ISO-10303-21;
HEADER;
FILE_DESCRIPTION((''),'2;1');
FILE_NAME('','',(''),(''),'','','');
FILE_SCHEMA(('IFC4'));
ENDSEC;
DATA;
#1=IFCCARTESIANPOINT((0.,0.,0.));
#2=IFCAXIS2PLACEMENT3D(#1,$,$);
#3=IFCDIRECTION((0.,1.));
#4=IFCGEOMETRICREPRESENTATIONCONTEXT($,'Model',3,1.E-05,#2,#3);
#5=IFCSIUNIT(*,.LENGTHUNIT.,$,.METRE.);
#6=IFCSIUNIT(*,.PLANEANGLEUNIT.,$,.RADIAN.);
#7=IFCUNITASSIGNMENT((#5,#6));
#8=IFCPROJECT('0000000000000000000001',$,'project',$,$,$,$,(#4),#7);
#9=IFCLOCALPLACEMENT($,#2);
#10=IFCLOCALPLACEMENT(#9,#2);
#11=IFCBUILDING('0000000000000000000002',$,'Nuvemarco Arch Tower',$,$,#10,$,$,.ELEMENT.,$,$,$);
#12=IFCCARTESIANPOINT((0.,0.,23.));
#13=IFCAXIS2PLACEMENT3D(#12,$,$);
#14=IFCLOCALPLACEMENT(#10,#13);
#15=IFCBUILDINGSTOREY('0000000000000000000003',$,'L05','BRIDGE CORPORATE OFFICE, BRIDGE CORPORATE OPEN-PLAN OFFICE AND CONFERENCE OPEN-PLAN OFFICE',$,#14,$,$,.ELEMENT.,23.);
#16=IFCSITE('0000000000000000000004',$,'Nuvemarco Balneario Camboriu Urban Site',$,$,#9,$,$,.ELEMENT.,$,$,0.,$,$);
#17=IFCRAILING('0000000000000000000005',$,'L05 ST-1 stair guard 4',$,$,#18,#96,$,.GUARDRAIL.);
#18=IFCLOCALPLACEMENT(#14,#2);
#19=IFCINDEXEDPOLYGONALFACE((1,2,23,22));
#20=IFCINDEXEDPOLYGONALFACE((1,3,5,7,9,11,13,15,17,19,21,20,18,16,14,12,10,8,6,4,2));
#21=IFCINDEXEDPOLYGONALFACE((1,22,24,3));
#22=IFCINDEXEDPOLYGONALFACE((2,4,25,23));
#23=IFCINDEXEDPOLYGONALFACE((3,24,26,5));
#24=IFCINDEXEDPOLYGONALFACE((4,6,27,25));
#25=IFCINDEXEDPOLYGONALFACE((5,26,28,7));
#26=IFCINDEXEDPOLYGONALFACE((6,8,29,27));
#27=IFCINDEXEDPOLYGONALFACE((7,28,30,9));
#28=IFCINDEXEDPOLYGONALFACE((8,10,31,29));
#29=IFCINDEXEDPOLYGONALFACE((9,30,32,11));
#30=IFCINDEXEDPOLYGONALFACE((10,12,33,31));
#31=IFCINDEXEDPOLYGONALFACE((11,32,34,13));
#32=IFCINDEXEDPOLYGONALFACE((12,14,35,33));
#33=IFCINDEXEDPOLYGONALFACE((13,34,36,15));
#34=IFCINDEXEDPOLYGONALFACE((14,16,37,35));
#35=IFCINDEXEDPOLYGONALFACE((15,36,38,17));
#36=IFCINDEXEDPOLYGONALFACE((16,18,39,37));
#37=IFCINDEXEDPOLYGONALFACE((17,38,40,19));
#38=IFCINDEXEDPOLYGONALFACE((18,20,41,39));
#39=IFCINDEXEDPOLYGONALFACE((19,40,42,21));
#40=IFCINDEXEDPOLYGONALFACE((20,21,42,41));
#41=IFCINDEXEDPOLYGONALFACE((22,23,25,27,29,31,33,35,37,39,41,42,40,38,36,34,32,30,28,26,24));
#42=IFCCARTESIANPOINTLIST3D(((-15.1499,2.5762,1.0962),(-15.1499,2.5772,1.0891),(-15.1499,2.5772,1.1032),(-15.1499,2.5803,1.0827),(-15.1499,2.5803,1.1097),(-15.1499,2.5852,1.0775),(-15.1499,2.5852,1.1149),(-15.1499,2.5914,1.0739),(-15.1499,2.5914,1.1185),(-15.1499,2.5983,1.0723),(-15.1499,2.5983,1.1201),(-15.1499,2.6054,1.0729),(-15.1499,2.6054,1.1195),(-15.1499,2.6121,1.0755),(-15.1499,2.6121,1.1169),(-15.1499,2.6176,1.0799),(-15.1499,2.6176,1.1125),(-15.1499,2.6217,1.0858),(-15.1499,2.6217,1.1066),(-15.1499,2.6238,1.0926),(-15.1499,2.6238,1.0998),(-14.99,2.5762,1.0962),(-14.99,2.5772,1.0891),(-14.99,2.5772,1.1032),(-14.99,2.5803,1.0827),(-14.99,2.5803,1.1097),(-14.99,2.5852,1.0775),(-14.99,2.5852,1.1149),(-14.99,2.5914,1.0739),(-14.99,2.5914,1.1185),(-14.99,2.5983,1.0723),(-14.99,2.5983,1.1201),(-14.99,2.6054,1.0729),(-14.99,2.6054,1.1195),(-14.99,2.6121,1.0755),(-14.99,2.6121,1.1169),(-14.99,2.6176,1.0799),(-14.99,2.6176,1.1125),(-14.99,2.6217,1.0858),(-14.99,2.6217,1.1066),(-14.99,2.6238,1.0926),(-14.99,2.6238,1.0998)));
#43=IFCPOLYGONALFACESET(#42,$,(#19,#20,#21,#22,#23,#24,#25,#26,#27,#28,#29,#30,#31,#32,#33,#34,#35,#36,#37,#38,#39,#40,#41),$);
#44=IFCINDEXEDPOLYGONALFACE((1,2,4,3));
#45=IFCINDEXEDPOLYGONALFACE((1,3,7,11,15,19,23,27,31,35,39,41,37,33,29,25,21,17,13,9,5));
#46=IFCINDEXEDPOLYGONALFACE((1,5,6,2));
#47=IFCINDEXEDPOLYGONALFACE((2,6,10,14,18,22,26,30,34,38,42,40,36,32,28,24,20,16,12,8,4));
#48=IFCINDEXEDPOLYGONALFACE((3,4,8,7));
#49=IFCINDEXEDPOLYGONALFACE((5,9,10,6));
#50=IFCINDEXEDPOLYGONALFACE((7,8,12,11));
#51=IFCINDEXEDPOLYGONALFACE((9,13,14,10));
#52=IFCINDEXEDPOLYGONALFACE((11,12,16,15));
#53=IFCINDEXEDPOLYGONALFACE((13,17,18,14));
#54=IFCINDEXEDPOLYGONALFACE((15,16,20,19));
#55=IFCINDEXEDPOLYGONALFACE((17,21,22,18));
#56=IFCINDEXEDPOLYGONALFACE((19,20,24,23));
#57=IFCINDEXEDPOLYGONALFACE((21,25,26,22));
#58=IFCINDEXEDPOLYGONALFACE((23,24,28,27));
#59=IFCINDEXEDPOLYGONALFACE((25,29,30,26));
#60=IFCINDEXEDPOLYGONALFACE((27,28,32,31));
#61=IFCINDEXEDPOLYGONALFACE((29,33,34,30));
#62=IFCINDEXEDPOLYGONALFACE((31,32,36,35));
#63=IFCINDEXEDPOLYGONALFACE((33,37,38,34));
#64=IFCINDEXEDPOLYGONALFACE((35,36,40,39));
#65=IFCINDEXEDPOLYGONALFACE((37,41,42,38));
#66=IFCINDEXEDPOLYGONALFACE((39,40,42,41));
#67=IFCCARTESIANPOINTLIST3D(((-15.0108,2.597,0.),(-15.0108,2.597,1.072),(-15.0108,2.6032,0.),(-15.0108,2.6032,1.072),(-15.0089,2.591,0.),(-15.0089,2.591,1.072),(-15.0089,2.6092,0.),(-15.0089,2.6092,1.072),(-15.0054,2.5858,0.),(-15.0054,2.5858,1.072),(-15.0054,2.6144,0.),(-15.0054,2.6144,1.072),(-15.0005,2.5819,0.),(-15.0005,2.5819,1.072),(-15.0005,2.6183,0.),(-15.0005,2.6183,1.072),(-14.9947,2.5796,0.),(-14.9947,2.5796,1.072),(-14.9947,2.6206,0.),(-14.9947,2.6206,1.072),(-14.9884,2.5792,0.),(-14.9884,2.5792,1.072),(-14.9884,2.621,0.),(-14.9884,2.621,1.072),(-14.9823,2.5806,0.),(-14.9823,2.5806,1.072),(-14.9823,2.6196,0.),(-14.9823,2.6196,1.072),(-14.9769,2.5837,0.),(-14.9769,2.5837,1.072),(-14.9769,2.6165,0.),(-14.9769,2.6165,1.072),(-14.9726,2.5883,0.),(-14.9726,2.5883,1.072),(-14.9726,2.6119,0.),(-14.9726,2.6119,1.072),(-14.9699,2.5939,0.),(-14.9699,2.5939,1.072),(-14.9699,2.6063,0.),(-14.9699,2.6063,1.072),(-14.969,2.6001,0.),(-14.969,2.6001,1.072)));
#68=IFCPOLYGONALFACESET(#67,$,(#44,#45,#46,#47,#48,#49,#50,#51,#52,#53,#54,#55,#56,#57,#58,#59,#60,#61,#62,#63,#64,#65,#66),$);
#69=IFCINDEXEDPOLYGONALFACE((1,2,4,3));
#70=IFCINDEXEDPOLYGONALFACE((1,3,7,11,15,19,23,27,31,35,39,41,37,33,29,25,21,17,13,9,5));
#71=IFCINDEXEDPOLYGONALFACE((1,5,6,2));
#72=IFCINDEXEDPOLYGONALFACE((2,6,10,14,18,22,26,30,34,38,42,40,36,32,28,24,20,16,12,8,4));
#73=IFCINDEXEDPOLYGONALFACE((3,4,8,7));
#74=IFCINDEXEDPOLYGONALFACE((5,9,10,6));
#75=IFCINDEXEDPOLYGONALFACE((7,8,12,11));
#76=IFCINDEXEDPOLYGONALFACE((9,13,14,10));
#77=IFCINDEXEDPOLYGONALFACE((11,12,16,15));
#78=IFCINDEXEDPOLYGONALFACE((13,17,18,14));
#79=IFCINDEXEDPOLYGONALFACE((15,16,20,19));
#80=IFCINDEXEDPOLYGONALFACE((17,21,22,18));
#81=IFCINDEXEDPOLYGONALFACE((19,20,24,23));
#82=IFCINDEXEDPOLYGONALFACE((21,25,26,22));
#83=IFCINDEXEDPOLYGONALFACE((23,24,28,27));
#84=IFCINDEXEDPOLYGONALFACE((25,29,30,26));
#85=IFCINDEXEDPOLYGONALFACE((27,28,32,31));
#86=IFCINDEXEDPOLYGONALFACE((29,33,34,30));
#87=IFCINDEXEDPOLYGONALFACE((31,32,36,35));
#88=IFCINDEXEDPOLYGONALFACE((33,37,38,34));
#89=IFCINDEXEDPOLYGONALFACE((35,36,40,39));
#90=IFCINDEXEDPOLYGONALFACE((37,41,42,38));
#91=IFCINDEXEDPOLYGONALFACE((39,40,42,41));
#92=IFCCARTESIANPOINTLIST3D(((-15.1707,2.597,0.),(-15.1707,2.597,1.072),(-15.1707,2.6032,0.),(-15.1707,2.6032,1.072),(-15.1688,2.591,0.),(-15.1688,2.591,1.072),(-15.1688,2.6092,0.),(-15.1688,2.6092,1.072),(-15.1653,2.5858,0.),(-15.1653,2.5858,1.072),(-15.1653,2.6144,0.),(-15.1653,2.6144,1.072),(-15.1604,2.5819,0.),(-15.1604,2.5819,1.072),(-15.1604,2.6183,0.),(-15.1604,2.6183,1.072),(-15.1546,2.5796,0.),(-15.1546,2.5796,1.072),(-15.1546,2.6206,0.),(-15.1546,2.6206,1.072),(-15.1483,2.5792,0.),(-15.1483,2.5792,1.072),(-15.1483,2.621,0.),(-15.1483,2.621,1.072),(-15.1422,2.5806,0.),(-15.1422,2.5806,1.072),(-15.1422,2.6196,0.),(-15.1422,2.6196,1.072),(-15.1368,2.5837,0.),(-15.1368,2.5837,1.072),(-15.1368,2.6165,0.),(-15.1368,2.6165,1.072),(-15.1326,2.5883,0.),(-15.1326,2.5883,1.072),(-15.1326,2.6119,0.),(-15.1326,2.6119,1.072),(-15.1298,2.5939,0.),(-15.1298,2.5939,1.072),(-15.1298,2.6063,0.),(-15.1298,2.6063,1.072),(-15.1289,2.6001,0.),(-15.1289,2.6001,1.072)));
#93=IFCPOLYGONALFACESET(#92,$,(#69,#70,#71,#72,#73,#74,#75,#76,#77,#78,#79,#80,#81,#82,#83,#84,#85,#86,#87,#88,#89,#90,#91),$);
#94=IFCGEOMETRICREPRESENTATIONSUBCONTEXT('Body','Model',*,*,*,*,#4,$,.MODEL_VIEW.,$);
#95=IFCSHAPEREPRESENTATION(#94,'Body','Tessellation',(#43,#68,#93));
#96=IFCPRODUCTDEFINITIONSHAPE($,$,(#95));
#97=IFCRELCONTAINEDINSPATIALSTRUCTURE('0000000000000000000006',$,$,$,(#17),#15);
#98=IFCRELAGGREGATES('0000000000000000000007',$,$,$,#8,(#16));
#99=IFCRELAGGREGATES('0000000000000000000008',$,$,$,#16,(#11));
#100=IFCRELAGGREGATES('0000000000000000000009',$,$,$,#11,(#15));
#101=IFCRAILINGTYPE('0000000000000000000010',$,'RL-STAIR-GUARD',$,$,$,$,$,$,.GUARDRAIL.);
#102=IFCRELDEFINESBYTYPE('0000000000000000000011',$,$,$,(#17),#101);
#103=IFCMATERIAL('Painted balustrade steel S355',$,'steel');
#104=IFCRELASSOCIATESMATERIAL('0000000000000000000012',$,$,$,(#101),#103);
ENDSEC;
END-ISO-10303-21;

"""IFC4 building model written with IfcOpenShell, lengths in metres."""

from ifc_helpers import new_model, si_unit, direction, frame, origin, origin_2d, place, context, subcontext, project, spatial, circle, extrude, material, type_object, element, save


model = new_model("IFC4")

# Units and contexts
model_context = context("Model", 3, precision=1e-05, world=origin(), true_north=direction((0.0, 1.0)))
body_context = subcontext(model_context, "Body", "Model", "MODEL_VIEW")
ifc_project = project(units=[si_unit("LENGTHUNIT", "METRE"), si_unit("PLANEANGLEUNIT", "RADIAN")], contexts=[model_context])

# Site, building, storey
site_placement = place(None, origin())
site = spatial("IfcSite", under=ifc_project, at=site_placement, Name="Nuvemarco Balneario Camboriu Urban Site", CompositionType="ELEMENT", RefElevation=0.0)
building_placement = place(site_placement, origin())
building = spatial("IfcBuilding", under=site, at=building_placement, Name="Nuvemarco Arch Tower", CompositionType="ELEMENT")
storey_placement = place(building_placement, frame((0.0, 0.0, 23.0)))
storey = spatial("IfcBuildingStorey", under=building, at=storey_placement, Name="L05", Description="BRIDGE CORPORATE OFFICE, BRIDGE CORPORATE OPEN-PLAN OFFICE AND CONFERENCE OPEN-PLAN OFFICE", CompositionType="ELEMENT", Elevation=23.0)

# Railing
ifc_material_1 = material(Name="Painted balustrade steel S355", Category="steel")
railing_type_1 = type_object("IfcRailingType", Name="RL-STAIR-GUARD", PredefinedType="GUARDRAIL", material=ifc_material_1)
railing_1_placement = place(storey_placement, frame((-14.99, 2.6001, 0.0)))
element("IfcRailing", 1, at=railing_1_placement, inside=storey, type_object=railing_type_1, Name="L05 ST-1 stair guard 4", PredefinedType="GUARDRAIL", context=body_context, shape_type="SweptSolid", body=[
    extrude(circle(Radius=0.0239, at=origin_2d()), frame((0.0, 0.0, 1.0962), z_axis=(-1.0, 0.0, 0.0), x_axis=(0.0, -1.0, 0.0)), (0.0, 0.0, 1.0), 0.1599),
    extrude(circle(Radius=0.021, at=origin_2d()), origin(), (0.0, 0.0, 1.0), 1.072),
    extrude(circle(Radius=0.021, at=origin_2d()), frame((-0.1599, 0.0, 0.0)), (0.0, 0.0, 1.0), 1.072),
])

save(model, "model.ifc")
